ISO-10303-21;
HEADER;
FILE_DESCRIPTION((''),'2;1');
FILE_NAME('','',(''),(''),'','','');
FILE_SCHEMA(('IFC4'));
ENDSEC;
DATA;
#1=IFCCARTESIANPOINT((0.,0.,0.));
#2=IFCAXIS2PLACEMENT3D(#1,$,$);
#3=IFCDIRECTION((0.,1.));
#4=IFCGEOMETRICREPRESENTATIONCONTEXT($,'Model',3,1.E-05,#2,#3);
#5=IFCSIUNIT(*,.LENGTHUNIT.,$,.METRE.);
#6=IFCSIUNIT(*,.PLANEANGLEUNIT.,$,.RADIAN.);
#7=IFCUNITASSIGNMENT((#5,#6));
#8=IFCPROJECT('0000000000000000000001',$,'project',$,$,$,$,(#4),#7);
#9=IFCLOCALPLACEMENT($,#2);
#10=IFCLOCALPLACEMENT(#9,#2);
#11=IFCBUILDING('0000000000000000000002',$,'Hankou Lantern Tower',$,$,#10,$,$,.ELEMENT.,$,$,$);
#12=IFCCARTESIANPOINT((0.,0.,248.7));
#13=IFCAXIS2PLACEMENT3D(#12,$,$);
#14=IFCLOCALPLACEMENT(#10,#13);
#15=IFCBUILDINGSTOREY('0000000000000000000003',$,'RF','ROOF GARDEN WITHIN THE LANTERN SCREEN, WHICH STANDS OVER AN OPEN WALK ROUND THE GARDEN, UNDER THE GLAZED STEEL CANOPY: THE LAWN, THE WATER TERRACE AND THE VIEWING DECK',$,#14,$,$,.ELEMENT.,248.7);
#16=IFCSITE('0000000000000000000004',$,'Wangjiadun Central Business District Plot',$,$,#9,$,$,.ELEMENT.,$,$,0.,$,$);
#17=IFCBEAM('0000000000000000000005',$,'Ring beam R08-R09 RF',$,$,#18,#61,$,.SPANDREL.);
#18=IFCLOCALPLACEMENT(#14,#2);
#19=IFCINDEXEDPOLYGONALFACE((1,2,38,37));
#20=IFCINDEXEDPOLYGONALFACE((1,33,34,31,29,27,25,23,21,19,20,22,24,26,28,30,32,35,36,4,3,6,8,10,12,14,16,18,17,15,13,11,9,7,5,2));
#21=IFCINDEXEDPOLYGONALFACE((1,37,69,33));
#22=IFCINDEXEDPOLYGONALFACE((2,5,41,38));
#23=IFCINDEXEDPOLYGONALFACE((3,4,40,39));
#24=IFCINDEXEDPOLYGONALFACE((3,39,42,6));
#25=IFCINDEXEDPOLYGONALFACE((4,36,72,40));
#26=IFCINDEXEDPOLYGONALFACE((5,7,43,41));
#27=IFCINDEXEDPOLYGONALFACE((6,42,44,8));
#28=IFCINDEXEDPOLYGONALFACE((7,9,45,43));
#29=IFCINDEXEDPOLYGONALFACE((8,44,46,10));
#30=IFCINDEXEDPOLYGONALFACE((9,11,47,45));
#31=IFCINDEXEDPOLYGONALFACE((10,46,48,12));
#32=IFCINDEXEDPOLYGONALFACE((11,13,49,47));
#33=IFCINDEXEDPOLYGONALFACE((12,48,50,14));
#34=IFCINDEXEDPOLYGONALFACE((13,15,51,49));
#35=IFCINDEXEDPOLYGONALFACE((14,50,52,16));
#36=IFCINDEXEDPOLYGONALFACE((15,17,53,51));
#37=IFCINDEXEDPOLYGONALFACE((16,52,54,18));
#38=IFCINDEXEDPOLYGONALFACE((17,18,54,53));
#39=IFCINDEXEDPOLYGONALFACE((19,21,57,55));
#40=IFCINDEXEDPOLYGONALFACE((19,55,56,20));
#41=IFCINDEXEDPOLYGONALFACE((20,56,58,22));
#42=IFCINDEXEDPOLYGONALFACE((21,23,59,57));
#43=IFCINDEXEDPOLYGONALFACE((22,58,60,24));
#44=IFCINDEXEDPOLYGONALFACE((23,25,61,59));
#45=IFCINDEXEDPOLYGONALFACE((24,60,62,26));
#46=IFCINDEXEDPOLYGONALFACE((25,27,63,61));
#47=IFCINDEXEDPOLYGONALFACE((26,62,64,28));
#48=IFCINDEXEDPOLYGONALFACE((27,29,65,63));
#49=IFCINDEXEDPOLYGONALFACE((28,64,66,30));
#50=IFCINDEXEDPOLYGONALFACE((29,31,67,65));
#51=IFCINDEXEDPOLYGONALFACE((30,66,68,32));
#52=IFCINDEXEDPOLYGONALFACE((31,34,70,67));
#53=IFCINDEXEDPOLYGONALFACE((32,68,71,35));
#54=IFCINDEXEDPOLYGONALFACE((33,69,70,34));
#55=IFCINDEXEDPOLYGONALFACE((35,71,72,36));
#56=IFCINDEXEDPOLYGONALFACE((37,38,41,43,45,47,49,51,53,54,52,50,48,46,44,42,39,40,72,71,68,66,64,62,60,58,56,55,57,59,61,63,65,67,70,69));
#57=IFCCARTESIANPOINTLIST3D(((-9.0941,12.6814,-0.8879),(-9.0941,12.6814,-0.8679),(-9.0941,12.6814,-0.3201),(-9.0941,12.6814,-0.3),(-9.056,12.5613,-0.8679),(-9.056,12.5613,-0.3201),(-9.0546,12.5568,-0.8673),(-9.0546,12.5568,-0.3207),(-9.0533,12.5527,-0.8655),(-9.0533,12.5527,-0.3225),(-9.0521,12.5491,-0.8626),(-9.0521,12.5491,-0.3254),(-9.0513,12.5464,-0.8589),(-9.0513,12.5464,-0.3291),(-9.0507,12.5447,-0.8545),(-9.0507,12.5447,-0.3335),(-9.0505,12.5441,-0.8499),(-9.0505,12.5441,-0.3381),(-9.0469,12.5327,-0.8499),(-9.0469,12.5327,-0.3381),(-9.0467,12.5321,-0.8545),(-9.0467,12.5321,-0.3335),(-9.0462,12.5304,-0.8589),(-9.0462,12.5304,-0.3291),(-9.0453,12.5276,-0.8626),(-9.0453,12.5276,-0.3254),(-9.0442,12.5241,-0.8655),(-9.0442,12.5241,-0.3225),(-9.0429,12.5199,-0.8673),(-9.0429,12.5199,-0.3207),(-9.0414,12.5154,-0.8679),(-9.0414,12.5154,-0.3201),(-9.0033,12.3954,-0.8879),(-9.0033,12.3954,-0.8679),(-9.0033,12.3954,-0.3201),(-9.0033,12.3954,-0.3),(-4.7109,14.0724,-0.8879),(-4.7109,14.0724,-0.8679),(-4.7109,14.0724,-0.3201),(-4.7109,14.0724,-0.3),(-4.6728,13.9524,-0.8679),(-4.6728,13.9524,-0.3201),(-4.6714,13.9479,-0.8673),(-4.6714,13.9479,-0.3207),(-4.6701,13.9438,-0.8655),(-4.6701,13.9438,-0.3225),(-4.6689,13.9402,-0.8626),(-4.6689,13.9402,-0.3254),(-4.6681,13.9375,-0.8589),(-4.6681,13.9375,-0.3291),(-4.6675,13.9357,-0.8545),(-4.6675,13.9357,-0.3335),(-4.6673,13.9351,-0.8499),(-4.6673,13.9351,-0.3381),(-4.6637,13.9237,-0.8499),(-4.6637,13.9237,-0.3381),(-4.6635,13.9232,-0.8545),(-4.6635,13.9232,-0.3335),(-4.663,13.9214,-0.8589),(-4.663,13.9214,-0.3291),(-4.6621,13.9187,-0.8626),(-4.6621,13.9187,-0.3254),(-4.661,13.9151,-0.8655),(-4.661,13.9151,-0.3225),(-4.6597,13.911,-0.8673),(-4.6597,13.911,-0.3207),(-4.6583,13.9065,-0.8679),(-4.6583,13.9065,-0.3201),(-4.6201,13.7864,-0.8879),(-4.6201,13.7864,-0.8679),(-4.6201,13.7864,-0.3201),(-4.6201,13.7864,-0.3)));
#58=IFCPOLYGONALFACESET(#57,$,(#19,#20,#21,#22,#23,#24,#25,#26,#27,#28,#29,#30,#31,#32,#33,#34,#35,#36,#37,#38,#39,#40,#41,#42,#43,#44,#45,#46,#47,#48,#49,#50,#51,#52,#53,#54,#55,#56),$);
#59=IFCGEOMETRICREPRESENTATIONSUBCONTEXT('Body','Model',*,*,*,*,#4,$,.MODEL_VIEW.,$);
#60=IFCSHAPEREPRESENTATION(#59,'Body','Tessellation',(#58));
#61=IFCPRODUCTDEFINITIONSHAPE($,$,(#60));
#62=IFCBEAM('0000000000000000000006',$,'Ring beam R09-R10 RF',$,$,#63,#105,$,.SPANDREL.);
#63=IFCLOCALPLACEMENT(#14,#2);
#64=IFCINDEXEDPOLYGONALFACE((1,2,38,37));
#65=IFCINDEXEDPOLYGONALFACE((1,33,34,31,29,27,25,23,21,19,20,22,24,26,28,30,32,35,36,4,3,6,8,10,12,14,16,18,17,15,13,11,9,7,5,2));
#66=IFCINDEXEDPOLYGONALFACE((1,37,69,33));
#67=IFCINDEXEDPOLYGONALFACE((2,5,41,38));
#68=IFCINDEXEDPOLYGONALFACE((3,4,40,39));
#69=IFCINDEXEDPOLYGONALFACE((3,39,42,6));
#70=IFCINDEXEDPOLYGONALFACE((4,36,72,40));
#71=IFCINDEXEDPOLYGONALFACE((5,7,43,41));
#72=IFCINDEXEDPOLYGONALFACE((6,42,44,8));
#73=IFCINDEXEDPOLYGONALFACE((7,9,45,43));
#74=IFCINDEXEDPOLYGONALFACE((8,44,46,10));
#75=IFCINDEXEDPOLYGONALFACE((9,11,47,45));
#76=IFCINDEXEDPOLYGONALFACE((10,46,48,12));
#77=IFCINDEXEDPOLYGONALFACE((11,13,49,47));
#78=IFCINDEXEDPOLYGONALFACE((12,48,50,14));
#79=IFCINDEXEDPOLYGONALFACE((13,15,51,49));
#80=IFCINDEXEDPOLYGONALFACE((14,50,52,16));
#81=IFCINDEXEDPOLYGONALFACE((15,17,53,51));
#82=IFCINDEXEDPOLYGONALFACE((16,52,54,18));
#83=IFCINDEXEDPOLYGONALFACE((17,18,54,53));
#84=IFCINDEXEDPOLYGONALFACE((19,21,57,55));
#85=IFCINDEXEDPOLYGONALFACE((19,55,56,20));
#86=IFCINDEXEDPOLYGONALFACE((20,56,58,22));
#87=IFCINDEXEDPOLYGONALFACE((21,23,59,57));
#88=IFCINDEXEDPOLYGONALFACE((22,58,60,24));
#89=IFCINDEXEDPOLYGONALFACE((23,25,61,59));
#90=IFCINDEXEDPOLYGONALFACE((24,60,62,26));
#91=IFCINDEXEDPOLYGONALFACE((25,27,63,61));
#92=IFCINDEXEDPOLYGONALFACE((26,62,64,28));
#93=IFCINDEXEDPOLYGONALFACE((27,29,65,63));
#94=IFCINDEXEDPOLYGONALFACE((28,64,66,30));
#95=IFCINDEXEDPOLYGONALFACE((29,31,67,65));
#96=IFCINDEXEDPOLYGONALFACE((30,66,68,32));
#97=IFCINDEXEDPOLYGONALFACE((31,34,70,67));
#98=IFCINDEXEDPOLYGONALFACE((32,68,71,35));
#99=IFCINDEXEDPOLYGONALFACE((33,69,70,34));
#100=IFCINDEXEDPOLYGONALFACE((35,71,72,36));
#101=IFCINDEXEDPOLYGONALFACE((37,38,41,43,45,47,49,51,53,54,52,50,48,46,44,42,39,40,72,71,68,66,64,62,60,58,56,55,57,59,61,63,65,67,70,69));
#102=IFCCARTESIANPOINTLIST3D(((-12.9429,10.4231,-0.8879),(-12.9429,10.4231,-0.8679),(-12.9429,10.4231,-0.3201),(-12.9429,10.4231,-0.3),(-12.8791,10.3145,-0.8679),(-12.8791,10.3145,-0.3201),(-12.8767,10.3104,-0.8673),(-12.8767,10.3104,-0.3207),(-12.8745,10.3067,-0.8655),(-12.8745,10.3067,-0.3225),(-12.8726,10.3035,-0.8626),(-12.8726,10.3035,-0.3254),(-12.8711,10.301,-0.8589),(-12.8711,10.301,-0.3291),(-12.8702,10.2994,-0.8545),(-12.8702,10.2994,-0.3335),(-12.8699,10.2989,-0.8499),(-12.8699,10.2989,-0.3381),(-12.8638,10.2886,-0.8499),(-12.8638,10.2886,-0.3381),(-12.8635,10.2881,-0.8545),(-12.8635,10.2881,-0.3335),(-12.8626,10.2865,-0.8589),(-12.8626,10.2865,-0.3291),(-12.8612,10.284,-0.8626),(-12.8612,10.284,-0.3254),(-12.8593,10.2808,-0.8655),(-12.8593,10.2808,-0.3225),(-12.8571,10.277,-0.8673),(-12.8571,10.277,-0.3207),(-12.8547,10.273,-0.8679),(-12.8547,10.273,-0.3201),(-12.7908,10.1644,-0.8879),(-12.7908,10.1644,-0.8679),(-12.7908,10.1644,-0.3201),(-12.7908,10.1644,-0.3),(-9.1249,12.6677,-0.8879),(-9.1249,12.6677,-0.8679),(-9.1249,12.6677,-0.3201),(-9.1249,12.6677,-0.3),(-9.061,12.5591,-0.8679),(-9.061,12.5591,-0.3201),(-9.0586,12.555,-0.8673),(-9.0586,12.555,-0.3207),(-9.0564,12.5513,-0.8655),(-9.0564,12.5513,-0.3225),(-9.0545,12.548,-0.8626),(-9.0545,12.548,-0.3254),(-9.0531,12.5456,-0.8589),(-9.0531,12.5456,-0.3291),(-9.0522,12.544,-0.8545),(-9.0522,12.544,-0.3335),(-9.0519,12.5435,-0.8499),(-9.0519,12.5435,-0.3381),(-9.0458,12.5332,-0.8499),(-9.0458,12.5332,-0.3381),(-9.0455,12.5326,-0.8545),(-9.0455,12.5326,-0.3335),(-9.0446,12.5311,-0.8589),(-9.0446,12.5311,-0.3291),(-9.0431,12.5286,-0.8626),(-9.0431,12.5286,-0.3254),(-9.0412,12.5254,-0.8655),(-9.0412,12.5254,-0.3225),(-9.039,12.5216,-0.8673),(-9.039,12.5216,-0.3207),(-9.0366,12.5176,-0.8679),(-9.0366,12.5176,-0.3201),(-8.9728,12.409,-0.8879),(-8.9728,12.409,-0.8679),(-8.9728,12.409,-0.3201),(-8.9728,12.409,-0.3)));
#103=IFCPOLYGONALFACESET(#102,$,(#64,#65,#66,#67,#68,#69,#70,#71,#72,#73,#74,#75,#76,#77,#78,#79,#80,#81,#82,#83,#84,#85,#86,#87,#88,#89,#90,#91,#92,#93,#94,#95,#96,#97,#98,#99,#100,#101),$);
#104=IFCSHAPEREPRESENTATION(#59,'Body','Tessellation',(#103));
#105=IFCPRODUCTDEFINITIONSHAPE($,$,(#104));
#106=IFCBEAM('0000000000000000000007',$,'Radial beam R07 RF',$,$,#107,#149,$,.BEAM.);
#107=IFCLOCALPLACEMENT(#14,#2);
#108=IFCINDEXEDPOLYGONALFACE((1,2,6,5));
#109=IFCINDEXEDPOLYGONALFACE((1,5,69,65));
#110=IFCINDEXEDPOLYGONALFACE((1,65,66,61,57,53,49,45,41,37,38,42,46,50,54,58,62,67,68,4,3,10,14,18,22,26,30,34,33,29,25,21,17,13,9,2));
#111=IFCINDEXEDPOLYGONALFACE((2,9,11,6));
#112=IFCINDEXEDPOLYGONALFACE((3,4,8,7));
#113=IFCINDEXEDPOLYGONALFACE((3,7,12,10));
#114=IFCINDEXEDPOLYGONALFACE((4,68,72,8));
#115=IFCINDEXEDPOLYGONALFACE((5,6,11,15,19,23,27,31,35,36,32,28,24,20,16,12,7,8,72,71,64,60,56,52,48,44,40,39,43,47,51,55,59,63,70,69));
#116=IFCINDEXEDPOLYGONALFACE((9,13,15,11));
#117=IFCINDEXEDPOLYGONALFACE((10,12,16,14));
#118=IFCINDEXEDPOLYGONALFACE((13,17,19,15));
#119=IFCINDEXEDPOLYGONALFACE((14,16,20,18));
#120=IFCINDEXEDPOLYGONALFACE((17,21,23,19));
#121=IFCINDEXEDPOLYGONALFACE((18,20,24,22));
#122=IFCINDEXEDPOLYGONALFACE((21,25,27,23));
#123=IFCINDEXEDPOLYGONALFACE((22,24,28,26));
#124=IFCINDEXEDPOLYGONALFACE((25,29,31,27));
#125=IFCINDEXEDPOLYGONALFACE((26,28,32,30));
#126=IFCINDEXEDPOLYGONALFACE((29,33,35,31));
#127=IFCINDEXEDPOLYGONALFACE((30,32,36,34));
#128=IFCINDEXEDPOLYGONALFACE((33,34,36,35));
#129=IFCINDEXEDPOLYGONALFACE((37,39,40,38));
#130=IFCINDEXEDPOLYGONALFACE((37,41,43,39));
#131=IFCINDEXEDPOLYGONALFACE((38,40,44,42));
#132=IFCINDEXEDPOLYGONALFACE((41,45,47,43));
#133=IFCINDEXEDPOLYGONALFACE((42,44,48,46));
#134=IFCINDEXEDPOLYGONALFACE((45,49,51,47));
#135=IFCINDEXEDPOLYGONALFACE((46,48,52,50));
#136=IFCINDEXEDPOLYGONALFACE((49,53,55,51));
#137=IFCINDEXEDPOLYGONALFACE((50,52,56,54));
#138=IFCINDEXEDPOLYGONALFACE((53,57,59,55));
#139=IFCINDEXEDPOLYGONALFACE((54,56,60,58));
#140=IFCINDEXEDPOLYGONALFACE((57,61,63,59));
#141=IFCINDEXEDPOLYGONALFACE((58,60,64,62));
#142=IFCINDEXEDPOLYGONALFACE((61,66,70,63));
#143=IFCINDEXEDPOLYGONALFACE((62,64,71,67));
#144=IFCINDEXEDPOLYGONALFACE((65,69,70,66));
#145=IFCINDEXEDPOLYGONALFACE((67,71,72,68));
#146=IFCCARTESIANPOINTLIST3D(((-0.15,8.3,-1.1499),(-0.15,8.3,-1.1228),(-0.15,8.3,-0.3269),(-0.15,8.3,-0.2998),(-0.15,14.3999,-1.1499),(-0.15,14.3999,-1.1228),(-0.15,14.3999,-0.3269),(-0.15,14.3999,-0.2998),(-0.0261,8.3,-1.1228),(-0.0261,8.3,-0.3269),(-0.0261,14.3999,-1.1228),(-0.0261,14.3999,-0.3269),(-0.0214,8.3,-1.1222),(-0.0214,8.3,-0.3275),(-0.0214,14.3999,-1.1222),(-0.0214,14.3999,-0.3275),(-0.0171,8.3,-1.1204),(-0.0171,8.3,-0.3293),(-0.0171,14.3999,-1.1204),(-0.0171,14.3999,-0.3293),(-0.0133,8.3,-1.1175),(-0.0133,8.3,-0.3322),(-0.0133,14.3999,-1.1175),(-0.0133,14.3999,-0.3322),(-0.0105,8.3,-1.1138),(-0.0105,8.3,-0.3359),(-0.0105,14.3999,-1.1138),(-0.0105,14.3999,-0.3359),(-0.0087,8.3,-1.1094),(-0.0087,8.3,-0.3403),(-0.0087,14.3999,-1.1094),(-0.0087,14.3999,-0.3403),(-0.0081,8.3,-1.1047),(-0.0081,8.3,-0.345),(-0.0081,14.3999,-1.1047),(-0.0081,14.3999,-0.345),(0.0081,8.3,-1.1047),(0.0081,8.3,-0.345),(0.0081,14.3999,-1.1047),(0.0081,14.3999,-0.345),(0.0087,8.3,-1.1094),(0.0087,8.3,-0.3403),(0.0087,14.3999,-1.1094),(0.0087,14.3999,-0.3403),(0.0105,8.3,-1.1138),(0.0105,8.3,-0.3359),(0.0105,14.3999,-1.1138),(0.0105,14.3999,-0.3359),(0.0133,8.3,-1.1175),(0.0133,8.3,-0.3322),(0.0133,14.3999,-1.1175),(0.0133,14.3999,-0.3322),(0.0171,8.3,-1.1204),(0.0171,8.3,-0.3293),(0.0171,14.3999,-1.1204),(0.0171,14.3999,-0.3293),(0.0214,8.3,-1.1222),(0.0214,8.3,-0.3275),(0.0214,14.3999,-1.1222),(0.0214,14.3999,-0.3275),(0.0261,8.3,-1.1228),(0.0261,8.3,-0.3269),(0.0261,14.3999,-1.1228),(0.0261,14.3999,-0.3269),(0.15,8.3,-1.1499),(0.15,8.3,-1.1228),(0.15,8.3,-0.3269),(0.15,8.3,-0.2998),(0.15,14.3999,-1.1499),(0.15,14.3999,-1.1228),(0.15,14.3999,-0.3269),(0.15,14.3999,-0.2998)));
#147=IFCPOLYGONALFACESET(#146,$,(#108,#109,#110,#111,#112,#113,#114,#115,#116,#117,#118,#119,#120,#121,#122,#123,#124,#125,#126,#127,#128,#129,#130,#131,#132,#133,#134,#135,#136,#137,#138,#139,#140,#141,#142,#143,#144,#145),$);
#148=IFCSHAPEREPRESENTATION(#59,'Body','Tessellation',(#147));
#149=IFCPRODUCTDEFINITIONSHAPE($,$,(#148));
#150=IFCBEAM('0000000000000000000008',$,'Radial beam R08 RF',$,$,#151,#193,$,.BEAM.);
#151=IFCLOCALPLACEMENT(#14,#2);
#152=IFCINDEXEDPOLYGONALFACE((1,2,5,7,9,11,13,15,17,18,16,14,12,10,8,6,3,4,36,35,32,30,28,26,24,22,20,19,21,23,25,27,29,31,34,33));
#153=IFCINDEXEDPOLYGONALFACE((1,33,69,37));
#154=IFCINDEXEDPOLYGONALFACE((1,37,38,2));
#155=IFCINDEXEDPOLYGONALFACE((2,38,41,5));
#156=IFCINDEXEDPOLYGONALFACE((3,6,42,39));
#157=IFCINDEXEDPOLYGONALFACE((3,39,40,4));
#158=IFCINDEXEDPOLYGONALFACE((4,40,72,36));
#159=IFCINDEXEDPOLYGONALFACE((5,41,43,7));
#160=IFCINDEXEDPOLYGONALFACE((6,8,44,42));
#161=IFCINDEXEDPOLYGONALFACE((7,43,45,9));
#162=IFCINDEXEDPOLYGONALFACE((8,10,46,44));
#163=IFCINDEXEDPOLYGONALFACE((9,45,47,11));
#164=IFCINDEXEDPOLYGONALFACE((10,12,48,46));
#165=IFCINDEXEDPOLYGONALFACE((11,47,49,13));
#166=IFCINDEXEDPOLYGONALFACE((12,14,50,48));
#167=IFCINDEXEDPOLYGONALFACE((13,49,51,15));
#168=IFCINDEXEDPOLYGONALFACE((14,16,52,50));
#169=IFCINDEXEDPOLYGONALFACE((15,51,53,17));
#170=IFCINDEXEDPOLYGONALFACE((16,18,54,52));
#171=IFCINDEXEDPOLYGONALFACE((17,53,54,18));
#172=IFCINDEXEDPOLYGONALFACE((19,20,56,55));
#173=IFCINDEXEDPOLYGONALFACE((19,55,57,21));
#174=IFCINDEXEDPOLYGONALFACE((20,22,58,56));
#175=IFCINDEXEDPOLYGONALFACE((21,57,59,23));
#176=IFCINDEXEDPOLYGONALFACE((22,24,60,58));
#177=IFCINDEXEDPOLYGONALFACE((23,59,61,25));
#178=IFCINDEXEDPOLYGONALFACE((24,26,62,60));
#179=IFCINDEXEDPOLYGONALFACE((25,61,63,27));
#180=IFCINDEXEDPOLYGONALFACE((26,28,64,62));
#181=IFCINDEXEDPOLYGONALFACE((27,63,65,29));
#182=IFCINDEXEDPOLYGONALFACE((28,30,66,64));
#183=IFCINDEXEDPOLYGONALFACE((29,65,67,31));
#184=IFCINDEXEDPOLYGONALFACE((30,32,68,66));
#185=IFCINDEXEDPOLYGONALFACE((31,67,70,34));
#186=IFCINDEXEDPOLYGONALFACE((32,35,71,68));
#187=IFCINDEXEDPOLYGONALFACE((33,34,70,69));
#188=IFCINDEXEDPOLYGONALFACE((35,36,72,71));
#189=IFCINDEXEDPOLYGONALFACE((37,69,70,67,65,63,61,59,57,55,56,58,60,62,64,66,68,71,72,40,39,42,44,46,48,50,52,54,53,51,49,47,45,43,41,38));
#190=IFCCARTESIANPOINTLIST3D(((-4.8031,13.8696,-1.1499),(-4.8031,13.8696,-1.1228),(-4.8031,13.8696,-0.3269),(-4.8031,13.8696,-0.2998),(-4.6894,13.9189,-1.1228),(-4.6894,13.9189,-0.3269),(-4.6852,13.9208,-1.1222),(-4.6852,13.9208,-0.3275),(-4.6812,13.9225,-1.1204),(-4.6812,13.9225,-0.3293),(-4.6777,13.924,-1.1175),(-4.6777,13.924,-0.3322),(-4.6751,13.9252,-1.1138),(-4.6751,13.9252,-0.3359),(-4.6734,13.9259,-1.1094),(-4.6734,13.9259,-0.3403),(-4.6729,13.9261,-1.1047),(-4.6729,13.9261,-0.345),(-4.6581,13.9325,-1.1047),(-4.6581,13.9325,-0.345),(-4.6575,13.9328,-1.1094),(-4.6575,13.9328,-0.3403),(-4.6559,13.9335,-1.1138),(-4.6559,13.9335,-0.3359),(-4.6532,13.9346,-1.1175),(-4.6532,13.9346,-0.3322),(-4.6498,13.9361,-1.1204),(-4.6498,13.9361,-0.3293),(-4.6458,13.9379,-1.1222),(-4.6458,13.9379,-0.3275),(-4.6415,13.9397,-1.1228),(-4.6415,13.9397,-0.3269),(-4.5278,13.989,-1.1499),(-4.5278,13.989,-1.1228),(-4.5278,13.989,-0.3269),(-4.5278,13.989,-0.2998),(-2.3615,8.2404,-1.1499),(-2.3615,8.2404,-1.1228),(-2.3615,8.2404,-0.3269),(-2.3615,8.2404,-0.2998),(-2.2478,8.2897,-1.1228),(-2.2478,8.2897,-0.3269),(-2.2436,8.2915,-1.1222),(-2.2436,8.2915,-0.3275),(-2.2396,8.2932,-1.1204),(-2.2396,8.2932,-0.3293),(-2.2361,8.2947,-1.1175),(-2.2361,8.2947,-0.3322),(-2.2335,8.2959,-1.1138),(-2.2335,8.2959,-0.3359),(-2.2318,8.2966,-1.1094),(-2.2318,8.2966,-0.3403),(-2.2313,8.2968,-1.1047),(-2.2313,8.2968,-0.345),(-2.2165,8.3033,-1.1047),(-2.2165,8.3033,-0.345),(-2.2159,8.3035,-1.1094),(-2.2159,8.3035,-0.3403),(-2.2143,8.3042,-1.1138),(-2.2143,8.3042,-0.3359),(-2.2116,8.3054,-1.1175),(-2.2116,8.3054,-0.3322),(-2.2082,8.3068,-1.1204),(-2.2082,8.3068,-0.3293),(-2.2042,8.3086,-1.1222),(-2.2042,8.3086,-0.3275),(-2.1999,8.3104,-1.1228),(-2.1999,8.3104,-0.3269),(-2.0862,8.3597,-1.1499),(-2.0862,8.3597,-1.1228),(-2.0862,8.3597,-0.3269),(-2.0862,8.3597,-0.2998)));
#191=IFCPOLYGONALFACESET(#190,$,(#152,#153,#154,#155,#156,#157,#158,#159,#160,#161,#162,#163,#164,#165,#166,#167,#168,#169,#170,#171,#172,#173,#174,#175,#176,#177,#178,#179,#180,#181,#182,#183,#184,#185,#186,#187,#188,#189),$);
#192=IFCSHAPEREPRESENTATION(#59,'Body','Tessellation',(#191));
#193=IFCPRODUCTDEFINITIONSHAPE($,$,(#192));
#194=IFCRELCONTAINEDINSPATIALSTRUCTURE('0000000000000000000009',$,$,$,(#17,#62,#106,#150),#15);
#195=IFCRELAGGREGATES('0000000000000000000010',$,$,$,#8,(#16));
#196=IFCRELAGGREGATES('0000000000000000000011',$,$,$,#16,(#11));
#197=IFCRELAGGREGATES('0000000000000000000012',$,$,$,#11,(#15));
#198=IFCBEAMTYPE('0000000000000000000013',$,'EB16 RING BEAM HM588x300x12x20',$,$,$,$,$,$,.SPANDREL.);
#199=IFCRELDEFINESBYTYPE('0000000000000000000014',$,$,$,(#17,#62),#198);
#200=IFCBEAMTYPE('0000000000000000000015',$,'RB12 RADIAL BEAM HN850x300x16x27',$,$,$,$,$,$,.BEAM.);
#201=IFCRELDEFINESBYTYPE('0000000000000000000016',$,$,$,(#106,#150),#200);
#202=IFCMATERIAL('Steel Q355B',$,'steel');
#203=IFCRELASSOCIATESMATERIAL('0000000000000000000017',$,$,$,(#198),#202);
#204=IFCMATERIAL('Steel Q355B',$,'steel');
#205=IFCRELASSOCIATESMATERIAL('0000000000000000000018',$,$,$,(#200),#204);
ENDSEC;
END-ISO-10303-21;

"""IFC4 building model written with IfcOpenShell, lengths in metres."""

from ifc_helpers import new_model, si_unit, direction, frame, origin, origin_2d, place, context, subcontext, project, spatial, i_section, extrude, material, material_profile, profile_set, type_object, element, save


model = new_model("IFC4")

# Units and contexts
model_context = context("Model", 3, precision=1e-05, world=origin(), true_north=direction((0.0, 1.0)))
body_context = subcontext(model_context, "Body", "Model", "MODEL_VIEW")
ifc_project = project(units=[si_unit("LENGTHUNIT", "METRE"), si_unit("PLANEANGLEUNIT", "RADIAN")], contexts=[model_context])

# Site, building, storey
site_placement = place(None, origin())
site = spatial("IfcSite", under=ifc_project, at=site_placement, Name="Wangjiadun Central Business District Plot", CompositionType="ELEMENT", RefElevation=0.0)
building_placement = place(site_placement, origin())
building = spatial("IfcBuilding", under=site, at=building_placement, Name="Hankou Lantern Tower", CompositionType="ELEMENT")
storey_placement = place(building_placement, frame((0.0, 0.0, 248.7)))
storey = spatial("IfcBuildingStorey", under=building, at=storey_placement, Name="RF", Description="ROOF GARDEN WITHIN THE LANTERN SCREEN, WHICH STANDS OVER AN OPEN WALK ROUND THE GARDEN, UNDER THE GLAZED STEEL CANOPY: THE LAWN, THE WATER TERRACE AND THE VIEWING DECK", CompositionType="ELEMENT", Elevation=248.7)

# Beams
ifc_material_1 = material(Name="Steel Q355B", Category="steel")
ifc_material_profile_1 = material_profile(ifc_material_1, i_section(OverallWidth=0.3, OverallDepth=0.5879, WebThickness=0.012, FlangeThickness=0.02, FilletRadius=0.0181, at=origin_2d()), Name="HM588x300x12x20")
ifc_profile_set_1 = profile_set([ifc_material_profile_1], Name="Steel Q355B")
beam_type_1 = type_object("IfcBeamType", Name="EB16 RING BEAM HM588x300x12x20", PredefinedType="SPANDREL", material=ifc_profile_set_1)
beam_1_placement = place(storey_placement, frame((-4.6655, 13.9294, -0.594), z_axis=(-0.95315, -0.302498, 0.0), x_axis=(0.302498, -0.95315, 0.0)))
element("IfcBeam", 1, at=beam_1_placement, inside=storey, type_object=beam_type_1, Name="Ring beam R08-R09 RF", PredefinedType="SPANDREL", context=body_context, shape_type="SweptSolid", body=[
    extrude(i_section(OverallWidth=0.3, OverallDepth=0.5879, WebThickness=0.012, FlangeThickness=0.02, FilletRadius=0.0181, at=origin_2d()), origin(), (0.0, 0.0, 1.0), 4.5986),
])
beam_2_placement = place(storey_placement, frame((-9.0488, 12.5383, -0.594), z_axis=(-0.862065, -0.506798, 0.0), x_axis=(0.506798, -0.862065, 0.0)))
element("IfcBeam", 2, at=beam_2_placement, inside=storey, type_object=beam_type_1, Name="Ring beam R09-R10 RF", PredefinedType="SPANDREL", context=body_context, shape_type="SweptSolid", body=[
    extrude(i_section(OverallWidth=0.3, OverallDepth=0.5879, WebThickness=0.012, FlangeThickness=0.02, FilletRadius=0.0181, at=origin_2d()), origin(), (0.0, 0.0, 1.0), 4.429),
])
ifc_material_2 = material(Name="Steel Q355B", Category="steel")
ifc_material_profile_2 = material_profile(ifc_material_2, i_section(OverallWidth=0.3, OverallDepth=0.8501, WebThickness=0.0161, FlangeThickness=0.0271, FilletRadius=0.0181, at=origin_2d()), Name="HN850x300x16x27")
ifc_profile_set_2 = profile_set([ifc_material_profile_2], Name="Steel Q355B")
beam_type_2 = type_object("IfcBeamType", Name="RB12 RADIAL BEAM HN850x300x16x27", PredefinedType="BEAM", material=ifc_profile_set_2)
beam_3_placement = place(storey_placement, frame((0.0, 8.3, -0.7249), z_axis=(0.0, 1.0, 0.0), x_axis=(-1.0, 0.0, 0.0)))
element("IfcBeam", 3, at=beam_3_placement, inside=storey, type_object=beam_type_2, Name="Radial beam R07 RF", PredefinedType="BEAM", context=body_context, shape_type="SweptSolid", body=[
    extrude(i_section(OverallWidth=0.3, OverallDepth=0.8501, WebThickness=0.0161, FlangeThickness=0.0271, FilletRadius=0.0181, at=origin_2d()), origin(), (0.0, 0.0, 1.0), 6.0999),
])
beam_4_placement = place(storey_placement, frame((-2.2239, 8.3, -0.7249), z_axis=(-0.397916, 0.917422, 0.0), x_axis=(-0.917422, -0.397916, 0.0)))
element("IfcBeam", 4, at=beam_4_placement, inside=storey, type_object=beam_type_2, Name="Radial beam R08 RF", PredefinedType="BEAM", context=body_context, shape_type="SweptSolid", body=[
    extrude(i_section(OverallWidth=0.3, OverallDepth=0.8501, WebThickness=0.0161, FlangeThickness=0.0271, FilletRadius=0.0181, at=origin_2d()), origin(), (0.0, 0.0, 1.0), 6.136),
])

save(model, "model.ifc")
